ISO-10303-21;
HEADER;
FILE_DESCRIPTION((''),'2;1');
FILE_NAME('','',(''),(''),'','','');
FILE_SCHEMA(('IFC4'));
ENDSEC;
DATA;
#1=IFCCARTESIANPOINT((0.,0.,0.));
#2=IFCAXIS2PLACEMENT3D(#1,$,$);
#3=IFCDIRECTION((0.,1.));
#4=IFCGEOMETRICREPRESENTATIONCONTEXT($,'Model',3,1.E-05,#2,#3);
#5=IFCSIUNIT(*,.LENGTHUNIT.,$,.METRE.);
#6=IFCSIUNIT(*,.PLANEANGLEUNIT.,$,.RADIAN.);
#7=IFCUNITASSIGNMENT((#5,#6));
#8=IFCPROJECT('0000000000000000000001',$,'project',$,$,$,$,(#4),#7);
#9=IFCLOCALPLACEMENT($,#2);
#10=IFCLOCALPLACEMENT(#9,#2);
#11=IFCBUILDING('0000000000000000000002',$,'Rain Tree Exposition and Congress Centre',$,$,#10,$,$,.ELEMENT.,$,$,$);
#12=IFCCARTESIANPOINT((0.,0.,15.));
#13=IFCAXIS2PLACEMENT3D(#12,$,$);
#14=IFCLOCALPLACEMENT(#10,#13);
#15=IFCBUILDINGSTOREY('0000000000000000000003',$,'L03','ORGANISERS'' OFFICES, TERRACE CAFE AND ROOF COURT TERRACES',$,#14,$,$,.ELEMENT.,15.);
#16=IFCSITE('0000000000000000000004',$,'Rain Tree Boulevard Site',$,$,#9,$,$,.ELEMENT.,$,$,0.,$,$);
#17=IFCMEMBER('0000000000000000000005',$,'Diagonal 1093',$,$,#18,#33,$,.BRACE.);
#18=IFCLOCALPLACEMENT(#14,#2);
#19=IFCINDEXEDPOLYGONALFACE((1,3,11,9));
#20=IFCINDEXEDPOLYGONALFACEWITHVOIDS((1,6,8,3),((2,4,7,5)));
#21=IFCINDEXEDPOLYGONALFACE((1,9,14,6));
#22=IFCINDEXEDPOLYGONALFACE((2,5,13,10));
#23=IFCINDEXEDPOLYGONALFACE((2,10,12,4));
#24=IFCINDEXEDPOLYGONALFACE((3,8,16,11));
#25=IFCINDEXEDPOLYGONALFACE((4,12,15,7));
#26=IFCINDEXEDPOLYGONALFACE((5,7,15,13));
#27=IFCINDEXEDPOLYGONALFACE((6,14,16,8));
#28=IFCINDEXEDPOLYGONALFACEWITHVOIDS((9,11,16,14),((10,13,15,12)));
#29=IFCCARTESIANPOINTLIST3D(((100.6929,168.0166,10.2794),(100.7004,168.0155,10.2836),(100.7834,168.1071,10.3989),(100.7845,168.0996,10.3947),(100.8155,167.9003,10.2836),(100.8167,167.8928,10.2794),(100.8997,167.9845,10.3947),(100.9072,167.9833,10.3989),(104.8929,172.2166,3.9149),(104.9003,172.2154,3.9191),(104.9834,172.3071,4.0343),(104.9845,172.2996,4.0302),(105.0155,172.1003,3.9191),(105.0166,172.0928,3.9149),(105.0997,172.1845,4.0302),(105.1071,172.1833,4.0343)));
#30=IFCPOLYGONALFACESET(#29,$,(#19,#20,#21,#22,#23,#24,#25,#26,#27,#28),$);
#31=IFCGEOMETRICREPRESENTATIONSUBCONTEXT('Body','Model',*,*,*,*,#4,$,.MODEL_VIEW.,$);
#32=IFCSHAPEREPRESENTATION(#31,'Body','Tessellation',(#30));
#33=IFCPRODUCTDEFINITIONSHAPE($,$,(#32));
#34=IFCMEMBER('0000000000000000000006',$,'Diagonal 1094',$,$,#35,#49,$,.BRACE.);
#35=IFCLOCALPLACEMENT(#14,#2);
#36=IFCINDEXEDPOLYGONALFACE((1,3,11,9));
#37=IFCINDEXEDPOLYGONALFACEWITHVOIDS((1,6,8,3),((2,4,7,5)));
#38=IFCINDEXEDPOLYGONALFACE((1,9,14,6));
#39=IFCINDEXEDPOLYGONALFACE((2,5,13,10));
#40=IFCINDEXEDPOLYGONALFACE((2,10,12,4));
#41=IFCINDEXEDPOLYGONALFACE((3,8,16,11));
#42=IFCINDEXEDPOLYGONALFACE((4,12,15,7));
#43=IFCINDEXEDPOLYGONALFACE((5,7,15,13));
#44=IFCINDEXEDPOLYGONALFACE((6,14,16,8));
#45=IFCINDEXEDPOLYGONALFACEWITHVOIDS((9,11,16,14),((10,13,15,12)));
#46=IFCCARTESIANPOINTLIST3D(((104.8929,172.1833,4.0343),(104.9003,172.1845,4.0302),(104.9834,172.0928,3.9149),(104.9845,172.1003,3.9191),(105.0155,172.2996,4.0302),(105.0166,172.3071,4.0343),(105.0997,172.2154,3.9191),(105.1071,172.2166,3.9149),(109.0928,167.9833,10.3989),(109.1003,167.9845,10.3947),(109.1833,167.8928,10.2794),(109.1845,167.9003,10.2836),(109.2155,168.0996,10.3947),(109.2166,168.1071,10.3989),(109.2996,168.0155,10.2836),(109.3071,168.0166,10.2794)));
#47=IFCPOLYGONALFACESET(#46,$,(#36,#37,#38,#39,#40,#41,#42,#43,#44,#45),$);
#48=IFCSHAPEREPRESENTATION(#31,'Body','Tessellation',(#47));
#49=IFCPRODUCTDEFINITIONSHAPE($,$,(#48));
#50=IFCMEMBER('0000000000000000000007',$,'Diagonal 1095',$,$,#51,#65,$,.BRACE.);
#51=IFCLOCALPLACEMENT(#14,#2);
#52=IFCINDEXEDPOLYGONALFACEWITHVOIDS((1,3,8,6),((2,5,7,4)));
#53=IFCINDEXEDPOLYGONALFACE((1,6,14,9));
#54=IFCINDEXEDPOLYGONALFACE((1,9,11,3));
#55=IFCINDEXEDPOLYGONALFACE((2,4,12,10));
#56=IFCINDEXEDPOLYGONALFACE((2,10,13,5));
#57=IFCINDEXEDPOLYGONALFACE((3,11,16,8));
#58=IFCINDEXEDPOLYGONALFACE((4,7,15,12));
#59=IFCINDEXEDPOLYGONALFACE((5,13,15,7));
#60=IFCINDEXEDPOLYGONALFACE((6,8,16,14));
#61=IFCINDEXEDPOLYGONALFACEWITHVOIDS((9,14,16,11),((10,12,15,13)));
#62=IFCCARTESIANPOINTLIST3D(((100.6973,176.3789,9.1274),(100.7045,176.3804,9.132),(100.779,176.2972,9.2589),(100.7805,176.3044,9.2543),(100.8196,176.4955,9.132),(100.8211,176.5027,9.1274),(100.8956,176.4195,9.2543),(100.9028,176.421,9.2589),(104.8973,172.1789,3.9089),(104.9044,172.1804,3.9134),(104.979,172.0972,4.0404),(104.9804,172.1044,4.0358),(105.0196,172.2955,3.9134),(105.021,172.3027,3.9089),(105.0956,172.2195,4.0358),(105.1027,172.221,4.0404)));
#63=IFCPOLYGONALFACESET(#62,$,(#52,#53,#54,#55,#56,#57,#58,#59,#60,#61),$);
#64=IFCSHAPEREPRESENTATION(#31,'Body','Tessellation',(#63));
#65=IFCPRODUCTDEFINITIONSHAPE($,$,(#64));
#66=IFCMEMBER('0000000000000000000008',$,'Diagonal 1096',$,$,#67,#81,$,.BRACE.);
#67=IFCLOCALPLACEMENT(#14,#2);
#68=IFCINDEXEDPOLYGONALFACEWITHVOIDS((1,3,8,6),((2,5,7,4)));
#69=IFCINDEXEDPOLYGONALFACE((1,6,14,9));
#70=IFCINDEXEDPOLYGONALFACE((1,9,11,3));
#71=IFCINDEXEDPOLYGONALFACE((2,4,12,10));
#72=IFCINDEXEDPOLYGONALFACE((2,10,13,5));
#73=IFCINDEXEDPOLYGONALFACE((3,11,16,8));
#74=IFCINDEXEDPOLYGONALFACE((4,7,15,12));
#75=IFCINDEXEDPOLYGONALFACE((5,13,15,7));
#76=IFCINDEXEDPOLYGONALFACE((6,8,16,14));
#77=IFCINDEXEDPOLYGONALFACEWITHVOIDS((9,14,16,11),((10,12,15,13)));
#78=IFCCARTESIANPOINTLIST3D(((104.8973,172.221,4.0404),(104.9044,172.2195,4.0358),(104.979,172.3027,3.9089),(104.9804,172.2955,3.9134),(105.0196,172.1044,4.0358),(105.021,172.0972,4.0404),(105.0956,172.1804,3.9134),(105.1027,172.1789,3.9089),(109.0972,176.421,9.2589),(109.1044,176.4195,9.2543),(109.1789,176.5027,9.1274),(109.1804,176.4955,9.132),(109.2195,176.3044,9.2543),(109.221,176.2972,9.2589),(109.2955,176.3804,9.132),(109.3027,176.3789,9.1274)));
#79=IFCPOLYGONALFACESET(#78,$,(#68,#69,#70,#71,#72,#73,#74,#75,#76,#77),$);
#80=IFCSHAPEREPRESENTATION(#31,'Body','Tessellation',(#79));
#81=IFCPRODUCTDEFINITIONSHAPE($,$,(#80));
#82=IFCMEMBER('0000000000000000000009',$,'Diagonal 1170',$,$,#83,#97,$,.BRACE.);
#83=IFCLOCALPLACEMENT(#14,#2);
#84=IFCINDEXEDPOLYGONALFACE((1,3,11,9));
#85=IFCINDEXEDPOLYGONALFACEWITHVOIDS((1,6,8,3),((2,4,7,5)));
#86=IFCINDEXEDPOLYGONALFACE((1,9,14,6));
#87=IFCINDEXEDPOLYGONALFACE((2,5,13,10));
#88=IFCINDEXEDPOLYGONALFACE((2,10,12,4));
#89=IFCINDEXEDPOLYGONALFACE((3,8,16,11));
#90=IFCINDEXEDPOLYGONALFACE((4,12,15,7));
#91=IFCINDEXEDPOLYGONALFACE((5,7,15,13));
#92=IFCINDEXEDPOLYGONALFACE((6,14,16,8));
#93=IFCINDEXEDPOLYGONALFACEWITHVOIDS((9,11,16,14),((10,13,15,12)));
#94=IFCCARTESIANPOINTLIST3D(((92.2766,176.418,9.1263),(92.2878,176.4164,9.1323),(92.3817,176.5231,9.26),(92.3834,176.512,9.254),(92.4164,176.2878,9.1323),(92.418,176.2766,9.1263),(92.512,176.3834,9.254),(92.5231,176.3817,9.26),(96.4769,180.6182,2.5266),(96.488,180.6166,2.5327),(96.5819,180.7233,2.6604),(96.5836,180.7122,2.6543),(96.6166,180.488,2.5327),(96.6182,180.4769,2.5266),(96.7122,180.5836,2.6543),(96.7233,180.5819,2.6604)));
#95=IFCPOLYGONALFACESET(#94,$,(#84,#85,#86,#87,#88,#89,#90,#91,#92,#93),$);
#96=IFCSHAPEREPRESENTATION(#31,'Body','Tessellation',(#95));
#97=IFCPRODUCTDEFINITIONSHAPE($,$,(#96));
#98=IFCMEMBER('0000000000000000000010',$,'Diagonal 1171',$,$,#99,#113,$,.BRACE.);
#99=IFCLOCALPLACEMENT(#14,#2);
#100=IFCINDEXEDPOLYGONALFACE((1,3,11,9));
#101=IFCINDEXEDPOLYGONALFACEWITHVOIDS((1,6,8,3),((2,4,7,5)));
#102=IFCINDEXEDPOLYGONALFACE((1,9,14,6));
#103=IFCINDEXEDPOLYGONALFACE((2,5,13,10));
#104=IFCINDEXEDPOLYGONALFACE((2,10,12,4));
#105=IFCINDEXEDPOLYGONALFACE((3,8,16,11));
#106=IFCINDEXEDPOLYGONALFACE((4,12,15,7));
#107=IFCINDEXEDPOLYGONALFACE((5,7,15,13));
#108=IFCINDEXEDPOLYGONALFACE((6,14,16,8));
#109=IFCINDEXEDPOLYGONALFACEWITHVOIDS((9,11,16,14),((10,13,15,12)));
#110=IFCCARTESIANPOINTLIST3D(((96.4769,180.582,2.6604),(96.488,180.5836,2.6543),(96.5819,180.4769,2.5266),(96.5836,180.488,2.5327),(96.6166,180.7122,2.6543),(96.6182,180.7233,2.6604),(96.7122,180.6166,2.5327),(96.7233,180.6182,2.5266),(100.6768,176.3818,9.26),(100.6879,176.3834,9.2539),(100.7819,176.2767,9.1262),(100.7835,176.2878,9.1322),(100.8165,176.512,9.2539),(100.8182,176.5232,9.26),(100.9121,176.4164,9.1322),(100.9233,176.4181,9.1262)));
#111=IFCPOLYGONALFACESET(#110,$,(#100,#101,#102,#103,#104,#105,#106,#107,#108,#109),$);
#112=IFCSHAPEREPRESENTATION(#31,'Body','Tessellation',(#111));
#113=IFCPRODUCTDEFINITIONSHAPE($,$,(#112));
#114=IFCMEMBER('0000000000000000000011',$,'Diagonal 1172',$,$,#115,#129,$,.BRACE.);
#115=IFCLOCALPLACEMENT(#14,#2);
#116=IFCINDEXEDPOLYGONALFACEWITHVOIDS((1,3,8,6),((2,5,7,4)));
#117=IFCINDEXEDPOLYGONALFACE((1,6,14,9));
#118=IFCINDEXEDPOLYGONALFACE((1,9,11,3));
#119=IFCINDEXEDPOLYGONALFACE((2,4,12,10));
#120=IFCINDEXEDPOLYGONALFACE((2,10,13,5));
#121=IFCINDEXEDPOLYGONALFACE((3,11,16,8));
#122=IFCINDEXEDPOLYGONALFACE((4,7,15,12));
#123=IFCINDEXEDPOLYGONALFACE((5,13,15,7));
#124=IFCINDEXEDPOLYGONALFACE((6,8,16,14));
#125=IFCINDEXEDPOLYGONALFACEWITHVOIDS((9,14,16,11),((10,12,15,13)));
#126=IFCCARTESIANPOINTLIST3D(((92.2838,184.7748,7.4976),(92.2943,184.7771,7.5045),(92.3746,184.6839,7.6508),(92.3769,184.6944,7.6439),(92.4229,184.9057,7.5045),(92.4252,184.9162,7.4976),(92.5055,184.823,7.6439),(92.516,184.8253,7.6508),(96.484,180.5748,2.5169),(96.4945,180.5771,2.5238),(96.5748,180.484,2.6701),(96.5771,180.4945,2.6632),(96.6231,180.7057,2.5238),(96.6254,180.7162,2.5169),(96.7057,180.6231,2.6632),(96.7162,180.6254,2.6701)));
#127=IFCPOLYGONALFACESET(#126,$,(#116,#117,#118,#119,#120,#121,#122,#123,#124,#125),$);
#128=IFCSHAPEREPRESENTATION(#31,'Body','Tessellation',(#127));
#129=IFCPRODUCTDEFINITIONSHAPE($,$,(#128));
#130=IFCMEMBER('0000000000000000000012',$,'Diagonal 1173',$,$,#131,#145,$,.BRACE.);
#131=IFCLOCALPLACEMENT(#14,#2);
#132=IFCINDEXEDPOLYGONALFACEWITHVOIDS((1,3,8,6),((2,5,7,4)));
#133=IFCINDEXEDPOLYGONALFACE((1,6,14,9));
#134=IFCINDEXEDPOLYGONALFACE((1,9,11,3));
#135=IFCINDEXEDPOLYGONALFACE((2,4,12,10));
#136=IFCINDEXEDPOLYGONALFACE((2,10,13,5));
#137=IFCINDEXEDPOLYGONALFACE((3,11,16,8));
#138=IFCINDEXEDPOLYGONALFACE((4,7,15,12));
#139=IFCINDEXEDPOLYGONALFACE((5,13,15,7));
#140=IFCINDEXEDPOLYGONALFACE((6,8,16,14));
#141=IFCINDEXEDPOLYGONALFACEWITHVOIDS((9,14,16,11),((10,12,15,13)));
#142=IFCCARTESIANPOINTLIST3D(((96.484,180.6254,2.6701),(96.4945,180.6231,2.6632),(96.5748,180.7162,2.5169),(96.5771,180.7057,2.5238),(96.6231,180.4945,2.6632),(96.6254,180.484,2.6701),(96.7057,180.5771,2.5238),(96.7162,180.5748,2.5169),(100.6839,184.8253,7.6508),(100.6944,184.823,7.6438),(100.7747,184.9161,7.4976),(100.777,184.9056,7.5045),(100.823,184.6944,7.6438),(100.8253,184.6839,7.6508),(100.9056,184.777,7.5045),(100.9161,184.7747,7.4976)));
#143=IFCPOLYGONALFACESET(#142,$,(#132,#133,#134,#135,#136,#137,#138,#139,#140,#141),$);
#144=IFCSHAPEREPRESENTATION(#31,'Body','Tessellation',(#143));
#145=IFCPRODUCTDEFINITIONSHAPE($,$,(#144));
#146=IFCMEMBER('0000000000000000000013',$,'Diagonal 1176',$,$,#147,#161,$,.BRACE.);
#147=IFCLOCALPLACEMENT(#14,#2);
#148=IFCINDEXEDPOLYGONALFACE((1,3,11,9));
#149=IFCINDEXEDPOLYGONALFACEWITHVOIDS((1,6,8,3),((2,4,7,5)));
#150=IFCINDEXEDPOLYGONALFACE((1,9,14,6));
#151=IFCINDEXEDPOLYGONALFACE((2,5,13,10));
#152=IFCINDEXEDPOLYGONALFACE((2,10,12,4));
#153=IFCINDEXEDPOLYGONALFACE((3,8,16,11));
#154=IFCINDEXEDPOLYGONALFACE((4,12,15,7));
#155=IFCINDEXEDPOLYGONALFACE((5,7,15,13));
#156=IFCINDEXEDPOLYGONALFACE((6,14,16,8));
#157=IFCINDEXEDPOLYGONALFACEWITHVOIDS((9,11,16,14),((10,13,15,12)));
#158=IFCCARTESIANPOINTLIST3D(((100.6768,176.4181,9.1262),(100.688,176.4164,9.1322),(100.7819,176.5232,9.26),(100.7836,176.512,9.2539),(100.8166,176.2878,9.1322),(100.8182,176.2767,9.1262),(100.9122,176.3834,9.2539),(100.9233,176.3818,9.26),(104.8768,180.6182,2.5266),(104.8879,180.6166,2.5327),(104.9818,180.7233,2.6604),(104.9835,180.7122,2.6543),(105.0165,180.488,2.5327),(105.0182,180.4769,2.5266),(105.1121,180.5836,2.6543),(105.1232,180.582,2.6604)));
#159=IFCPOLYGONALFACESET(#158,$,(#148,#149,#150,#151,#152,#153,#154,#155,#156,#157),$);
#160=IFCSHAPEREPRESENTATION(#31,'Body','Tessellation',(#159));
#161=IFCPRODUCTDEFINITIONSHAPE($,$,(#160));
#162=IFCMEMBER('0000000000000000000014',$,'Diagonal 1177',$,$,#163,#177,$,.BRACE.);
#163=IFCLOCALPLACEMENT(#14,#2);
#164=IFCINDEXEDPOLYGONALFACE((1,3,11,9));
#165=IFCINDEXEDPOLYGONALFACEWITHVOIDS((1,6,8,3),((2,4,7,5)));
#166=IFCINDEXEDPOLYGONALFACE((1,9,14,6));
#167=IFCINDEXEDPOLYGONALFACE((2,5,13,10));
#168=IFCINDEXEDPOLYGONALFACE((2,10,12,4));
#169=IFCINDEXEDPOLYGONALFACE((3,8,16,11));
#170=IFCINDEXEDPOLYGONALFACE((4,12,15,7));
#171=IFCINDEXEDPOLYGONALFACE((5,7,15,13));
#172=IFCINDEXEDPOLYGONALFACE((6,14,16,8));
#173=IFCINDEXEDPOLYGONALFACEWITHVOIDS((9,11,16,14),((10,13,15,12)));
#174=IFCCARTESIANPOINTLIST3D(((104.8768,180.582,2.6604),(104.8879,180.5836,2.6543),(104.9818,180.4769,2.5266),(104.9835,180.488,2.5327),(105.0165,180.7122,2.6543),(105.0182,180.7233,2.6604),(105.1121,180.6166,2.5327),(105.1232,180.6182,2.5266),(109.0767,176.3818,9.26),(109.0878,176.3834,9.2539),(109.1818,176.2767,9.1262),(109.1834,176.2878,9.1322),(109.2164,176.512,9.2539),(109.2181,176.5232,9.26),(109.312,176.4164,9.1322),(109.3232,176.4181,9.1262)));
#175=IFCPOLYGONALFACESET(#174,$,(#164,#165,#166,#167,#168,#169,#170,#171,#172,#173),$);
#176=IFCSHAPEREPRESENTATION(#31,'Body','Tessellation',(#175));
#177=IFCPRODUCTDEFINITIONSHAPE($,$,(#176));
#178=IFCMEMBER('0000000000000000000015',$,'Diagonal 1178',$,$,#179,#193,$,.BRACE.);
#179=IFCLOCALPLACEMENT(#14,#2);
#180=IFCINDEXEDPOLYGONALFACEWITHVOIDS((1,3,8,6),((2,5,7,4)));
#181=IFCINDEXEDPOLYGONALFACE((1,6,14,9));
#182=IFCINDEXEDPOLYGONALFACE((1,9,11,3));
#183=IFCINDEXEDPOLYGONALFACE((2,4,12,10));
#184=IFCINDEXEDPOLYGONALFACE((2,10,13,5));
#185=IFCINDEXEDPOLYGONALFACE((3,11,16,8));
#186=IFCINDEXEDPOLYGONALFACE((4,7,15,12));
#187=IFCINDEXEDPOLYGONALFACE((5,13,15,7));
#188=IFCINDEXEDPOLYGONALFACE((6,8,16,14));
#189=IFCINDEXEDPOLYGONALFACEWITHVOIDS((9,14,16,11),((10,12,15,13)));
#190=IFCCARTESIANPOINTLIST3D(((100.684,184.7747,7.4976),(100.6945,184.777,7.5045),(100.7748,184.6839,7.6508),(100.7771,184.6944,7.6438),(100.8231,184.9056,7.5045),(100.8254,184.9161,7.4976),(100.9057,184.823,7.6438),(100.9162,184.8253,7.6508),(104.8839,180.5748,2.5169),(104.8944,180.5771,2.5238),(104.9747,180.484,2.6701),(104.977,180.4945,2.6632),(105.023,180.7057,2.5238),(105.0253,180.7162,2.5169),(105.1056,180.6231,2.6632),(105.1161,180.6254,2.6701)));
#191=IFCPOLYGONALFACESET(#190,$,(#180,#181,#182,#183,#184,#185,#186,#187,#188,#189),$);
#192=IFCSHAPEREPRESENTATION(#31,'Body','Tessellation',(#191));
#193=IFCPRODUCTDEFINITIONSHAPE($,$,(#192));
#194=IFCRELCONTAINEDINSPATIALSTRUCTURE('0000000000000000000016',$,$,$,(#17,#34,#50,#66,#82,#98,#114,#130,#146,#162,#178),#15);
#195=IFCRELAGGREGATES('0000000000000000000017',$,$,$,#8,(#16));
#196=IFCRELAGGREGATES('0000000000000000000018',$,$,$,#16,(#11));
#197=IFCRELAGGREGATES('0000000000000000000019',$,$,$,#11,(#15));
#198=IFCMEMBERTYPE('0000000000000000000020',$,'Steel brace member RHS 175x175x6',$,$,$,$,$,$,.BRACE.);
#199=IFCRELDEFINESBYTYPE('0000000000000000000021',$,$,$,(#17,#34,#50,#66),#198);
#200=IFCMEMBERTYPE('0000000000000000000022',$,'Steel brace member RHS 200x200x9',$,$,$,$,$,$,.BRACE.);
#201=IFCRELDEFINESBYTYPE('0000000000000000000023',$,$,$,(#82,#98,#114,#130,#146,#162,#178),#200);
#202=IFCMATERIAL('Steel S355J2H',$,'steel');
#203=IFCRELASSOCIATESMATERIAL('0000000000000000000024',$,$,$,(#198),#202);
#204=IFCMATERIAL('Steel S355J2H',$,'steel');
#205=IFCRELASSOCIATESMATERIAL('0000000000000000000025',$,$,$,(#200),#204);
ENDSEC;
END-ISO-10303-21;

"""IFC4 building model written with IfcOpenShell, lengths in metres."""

from ifc_helpers import new_model, si_unit, direction, frame, origin, origin_2d, place, context, subcontext, project, spatial, hollow_rectangle, extrude, material, material_profile, profile_set, type_object, element, save


model = new_model("IFC4")

# Units and contexts
model_context = context("Model", 3, precision=1e-05, world=origin(), true_north=direction((0.0, 1.0)))
body_context = subcontext(model_context, "Body", "Model", "MODEL_VIEW")
ifc_project = project(units=[si_unit("LENGTHUNIT", "METRE"), si_unit("PLANEANGLEUNIT", "RADIAN")], contexts=[model_context])

# Site, building, storey
site_placement = place(None, origin())
site = spatial("IfcSite", under=ifc_project, at=site_placement, Name="Rain Tree Boulevard Site", CompositionType="ELEMENT", RefElevation=0.0)
building_placement = place(site_placement, origin())
building = spatial("IfcBuilding", under=site, at=building_placement, Name="Rain Tree Exposition and Congress Centre", CompositionType="ELEMENT")
storey_placement = place(building_placement, frame((0.0, 0.0, 15.0)))
storey = spatial("IfcBuildingStorey", under=building, at=storey_placement, Name="L03", Description="ORGANISERS' OFFICES, TERRACE CAFE AND ROOF COURT TERRACES", CompositionType="ELEMENT", Elevation=15.0)

# Members
ifc_material_1 = material(Name="Steel S355J2H", Category="steel")
ifc_material_profile_1 = material_profile(ifc_material_1, hollow_rectangle(XDim=0.175, YDim=0.175, WallThickness=0.0061, at=origin_2d()), Name="RHS 175x175x6")
ifc_profile_set_1 = profile_set([ifc_material_profile_1], Name="Steel S355J2H")
member_type_1 = type_object("IfcMemberType", Name="Steel brace member RHS 175x175x6", PredefinedType="BRACE", material=ifc_profile_set_1)
for number, where, z_axis, x_axis, name in (
    (1, (105.0, 172.2, 3.9746), (-0.482447, -0.482447, 0.731088), (0.707107, -0.707107, 0.0), "Diagonal 1093"),
    (2, (105.0, 172.2, 3.9746), (0.482447, -0.482447, 0.731088), (0.707107, 0.707107, 0.0), "Diagonal 1094"),
):
    element("IfcMember", number, at=place(storey_placement, frame(where, z_axis=z_axis, x_axis=x_axis)), inside=storey, type_object=member_type_1, Name=name, PredefinedType="BRACE", context=body_context, shape_type="SweptSolid", body=[
        extrude(hollow_rectangle(XDim=0.175, YDim=0.175, WallThickness=0.0061, at=origin_2d()), origin(), (0.0, 0.0, 1.0), 8.7056),
    ])
for number, where, z_axis, x_axis, name in (
    (3, (105.0, 172.2, 3.9746), (-0.531206, 0.531206, 0.660031), (-0.707107, -0.707107, 0.0), "Diagonal 1095"),
    (4, (105.0, 172.2, 3.9746), (0.531206, 0.531206, 0.660031), (-0.707107, 0.707107, 0.0), "Diagonal 1096"),
):
    element("IfcMember", number, at=place(storey_placement, frame(where, z_axis=z_axis, x_axis=x_axis)), inside=storey, type_object=member_type_1, Name=name, PredefinedType="BRACE", context=body_context, shape_type="SweptSolid", body=[
        extrude(hollow_rectangle(XDim=0.175, YDim=0.175, WallThickness=0.0061, at=origin_2d()), origin(), (0.0, 0.0, 1.0), 7.9065),
    ])
ifc_material_2 = material(Name="Steel S355J2H", Category="steel")
ifc_material_profile_2 = material_profile(ifc_material_2, hollow_rectangle(XDim=0.2, YDim=0.2, WallThickness=0.009, at=origin_2d()), Name="RHS 200x200x9")
ifc_profile_set_2 = profile_set([ifc_material_profile_2], Name="Steel S355J2H")
member_type_2 = type_object("IfcMemberType", Name="Steel brace member RHS 200x200x9", PredefinedType="BRACE", material=ifc_profile_set_2)
member_1_placement = place(storey_placement, frame((96.6001, 180.6001, 2.5935), z_axis=(-0.473044, -0.473044, 0.743276), x_axis=(0.707107, -0.707107, 0.0)))
element("IfcMember", 5, at=member_1_placement, inside=storey, type_object=member_type_2, Name="Diagonal 1170", PredefinedType="BRACE", context=body_context, shape_type="SweptSolid", body=[
    extrude(hollow_rectangle(XDim=0.2, YDim=0.2, WallThickness=0.009, at=origin_2d()), origin(), (0.0, 0.0, 1.0), 8.8792),
])
member_2_placement = place(storey_placement, frame((96.6001, 180.6001, 2.5935), z_axis=(0.473022, -0.47305, 0.743286), x_axis=(0.707127, 0.707086, 0.0)))
element("IfcMember", 6, at=member_2_placement, inside=storey, type_object=member_type_2, Name="Diagonal 1171", PredefinedType="BRACE", context=body_context, shape_type="SweptSolid", body=[
    extrude(hollow_rectangle(XDim=0.2, YDim=0.2, WallThickness=0.009, at=origin_2d()), origin(), (0.0, 0.0, 1.0), 8.8789),
])
member_3_placement = place(storey_placement, frame((96.6001, 180.6001, 2.5935), z_axis=(-0.541842, 0.541811, 0.642532), x_axis=(-0.707086, -0.707127, 0.0)))
element("IfcMember", 7, at=member_3_placement, inside=storey, type_object=member_type_2, Name="Diagonal 1172", PredefinedType="BRACE", context=body_context, shape_type="SweptSolid", body=[
    extrude(hollow_rectangle(XDim=0.2, YDim=0.2, WallThickness=0.009, at=origin_2d()), origin(), (0.0, 0.0, 1.0), 7.7517),
])
member_4_placement = place(storey_placement, frame((96.6001, 180.6001, 2.5935), z_axis=(0.54182, 0.54182, 0.642543), x_axis=(-0.707107, 0.707107, 0.0)))
element("IfcMember", 8, at=member_4_placement, inside=storey, type_object=member_type_2, Name="Diagonal 1173", PredefinedType="BRACE", context=body_context, shape_type="SweptSolid", body=[
    extrude(hollow_rectangle(XDim=0.2, YDim=0.2, WallThickness=0.009, at=origin_2d()), origin(), (0.0, 0.0, 1.0), 7.7515),
])
for number, where, z_axis, x_axis, name in (
    (9, (105.0, 180.6001, 2.5935), (-0.473022, -0.47305, 0.743286), (0.707127, -0.707086, 0.0), "Diagonal 1176"),
    (10, (105.0, 180.6001, 2.5935), (0.473022, -0.47305, 0.743286), (0.707127, 0.707086, 0.0), "Diagonal 1177"),
):
    element("IfcMember", number, at=place(storey_placement, frame(where, z_axis=z_axis, x_axis=x_axis)), inside=storey, type_object=member_type_2, Name=name, PredefinedType="BRACE", context=body_context, shape_type="SweptSolid", body=[
        extrude(hollow_rectangle(XDim=0.2, YDim=0.2, WallThickness=0.009, at=origin_2d()), origin(), (0.0, 0.0, 1.0), 8.8789),
    ])
for number, where, z_axis, x_axis, name in (
    (11, (105.0, 180.6001, 2.5935), (-0.54182, 0.54182, 0.642543), (-0.707107, -0.707107, 0.0), "Diagonal 1178"),
):
    element("IfcMember", number, at=place(storey_placement, frame(where, z_axis=z_axis, x_axis=x_axis)), inside=storey, type_object=member_type_2, Name=name, PredefinedType="BRACE", context=body_context, shape_type="SweptSolid", body=[
        extrude(hollow_rectangle(XDim=0.2, YDim=0.2, WallThickness=0.009, at=origin_2d()), origin(), (0.0, 0.0, 1.0), 7.7515),
    ])

save(model, "model.ifc")
